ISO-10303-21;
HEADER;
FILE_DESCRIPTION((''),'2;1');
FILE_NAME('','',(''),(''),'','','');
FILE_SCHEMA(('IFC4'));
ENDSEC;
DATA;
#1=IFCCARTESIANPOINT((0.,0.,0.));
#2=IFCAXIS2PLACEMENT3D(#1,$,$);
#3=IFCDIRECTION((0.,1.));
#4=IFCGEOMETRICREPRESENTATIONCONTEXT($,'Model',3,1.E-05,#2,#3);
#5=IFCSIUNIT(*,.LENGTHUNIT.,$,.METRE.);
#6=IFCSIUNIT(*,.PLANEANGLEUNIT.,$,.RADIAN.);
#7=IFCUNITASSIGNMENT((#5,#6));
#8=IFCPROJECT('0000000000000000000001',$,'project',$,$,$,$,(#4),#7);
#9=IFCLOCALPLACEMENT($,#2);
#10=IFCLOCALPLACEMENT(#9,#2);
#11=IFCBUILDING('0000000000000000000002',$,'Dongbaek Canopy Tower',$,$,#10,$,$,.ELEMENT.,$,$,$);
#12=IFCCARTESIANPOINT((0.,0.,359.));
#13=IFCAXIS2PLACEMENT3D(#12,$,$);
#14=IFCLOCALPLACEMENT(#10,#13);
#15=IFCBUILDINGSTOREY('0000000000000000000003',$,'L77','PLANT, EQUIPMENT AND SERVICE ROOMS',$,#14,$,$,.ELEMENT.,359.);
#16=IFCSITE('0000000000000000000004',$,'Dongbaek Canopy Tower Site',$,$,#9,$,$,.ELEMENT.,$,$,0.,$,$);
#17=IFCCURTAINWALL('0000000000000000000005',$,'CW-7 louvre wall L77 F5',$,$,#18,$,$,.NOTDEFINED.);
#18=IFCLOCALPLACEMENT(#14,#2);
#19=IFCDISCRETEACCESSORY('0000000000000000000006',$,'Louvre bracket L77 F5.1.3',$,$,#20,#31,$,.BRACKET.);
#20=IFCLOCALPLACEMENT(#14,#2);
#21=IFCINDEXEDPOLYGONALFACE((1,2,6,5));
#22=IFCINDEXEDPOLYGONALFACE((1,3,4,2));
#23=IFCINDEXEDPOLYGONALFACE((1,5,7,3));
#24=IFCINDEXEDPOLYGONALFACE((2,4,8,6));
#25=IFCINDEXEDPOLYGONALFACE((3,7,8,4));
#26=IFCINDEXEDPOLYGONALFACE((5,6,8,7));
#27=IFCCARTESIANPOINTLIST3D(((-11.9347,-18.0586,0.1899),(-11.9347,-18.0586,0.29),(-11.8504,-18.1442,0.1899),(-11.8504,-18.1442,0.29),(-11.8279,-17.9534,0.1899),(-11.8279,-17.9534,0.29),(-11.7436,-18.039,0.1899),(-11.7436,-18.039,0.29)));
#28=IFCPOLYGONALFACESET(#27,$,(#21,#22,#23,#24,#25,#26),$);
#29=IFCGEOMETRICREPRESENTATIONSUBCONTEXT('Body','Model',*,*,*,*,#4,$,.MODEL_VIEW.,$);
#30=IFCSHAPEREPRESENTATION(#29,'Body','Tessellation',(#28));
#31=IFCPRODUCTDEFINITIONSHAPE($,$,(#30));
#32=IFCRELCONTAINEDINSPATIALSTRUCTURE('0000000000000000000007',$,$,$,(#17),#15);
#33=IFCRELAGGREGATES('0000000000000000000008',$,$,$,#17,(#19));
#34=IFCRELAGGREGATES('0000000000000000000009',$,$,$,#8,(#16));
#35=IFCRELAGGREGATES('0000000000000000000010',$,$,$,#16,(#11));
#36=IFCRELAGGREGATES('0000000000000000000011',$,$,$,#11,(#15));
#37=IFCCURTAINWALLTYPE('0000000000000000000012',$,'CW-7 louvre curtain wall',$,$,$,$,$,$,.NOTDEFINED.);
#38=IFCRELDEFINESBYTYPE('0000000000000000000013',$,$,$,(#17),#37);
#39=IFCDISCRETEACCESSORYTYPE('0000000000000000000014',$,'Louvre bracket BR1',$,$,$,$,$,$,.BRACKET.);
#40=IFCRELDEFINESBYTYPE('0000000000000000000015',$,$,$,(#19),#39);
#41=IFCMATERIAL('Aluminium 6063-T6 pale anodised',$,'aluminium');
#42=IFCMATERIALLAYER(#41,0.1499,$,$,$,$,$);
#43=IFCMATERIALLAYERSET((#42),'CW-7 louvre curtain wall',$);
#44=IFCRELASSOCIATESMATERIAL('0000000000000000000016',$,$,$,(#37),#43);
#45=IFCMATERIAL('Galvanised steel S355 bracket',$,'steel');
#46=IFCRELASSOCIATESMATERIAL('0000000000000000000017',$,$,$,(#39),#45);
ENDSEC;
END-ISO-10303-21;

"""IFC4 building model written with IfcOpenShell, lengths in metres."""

from ifc_helpers import new_model, si_unit, direction, frame, origin, origin_2d, place, context, subcontext, project, spatial, rectangle, extrude, material, layer, layer_set, type_object, element, aggregate, save


model = new_model("IFC4")

# Units and contexts
model_context = context("Model", 3, precision=1e-05, world=origin(), true_north=direction((0.0, 1.0)))
body_context = subcontext(model_context, "Body", "Model", "MODEL_VIEW")
ifc_project = project(units=[si_unit("LENGTHUNIT", "METRE"), si_unit("PLANEANGLEUNIT", "RADIAN")], contexts=[model_context])

# Site, building, storey
site_placement = place(None, origin())
site = spatial("IfcSite", under=ifc_project, at=site_placement, Name="Dongbaek Canopy Tower Site", CompositionType="ELEMENT", RefElevation=0.0)
building_placement = place(site_placement, origin())
building = spatial("IfcBuilding", under=site, at=building_placement, Name="Dongbaek Canopy Tower", CompositionType="ELEMENT")
storey_placement = place(building_placement, frame((0.0, 0.0, 359.0)))
storey = spatial("IfcBuildingStorey", under=building, at=storey_placement, Name="L77", Description="PLANT, EQUIPMENT AND SERVICE ROOMS", CompositionType="ELEMENT", Elevation=359.0)

# Shared definitions
ifc_material_1 = material(Name="Aluminium 6063-T6 pale anodised", Category="aluminium")
ifc_layer_1 = layer(ifc_material_1, 0.1499)
ifc_layer_set_1 = layer_set([ifc_layer_1], Name="CW-7 louvre curtain wall")
curtain_wall_type = type_object("IfcCurtainWallType", Name="CW-7 louvre curtain wall", PredefinedType="NOTDEFINED", material=ifc_layer_set_1)

# Curtain wall
curtain_wall_1_placement = place(storey_placement, origin())
curtain_wall_1 = element("IfcCurtainWall", 1, at=curtain_wall_1_placement, inside=storey, type_object=curtain_wall_type, Name="CW-7 louvre wall L77 F5", PredefinedType="NOTDEFINED")

# Discrete accessory
ifc_material_2 = material(Name="Galvanised steel S355 bracket", Category="steel")
discrete_accessory_type = type_object("IfcDiscreteAccessoryType", Name="Louvre bracket BR1", PredefinedType="BRACKET", material=ifc_material_2)
discrete_accessory_1_placement = place(storey_placement, frame((-11.8391, -18.0488, 0.1899), z_axis=(0.0, 0.0, 1.0), x_axis=(0.701718, -0.712455, 0.0)))
discrete_accessory_1 = element("IfcDiscreteAccessory", 2, at=discrete_accessory_1_placement, type_object=discrete_accessory_type, Name="Louvre bracket L77 F5.1.3", PredefinedType="BRACKET", context=body_context, shape_type="SweptSolid", body=[
    extrude(rectangle(XDim=0.1201, YDim=0.1499, at=origin_2d()), origin(), (0.0, 0.0, 1.0), 0.1001),
])
aggregate(curtain_wall_1, [discrete_accessory_1])

save(model, "model.ifc")
